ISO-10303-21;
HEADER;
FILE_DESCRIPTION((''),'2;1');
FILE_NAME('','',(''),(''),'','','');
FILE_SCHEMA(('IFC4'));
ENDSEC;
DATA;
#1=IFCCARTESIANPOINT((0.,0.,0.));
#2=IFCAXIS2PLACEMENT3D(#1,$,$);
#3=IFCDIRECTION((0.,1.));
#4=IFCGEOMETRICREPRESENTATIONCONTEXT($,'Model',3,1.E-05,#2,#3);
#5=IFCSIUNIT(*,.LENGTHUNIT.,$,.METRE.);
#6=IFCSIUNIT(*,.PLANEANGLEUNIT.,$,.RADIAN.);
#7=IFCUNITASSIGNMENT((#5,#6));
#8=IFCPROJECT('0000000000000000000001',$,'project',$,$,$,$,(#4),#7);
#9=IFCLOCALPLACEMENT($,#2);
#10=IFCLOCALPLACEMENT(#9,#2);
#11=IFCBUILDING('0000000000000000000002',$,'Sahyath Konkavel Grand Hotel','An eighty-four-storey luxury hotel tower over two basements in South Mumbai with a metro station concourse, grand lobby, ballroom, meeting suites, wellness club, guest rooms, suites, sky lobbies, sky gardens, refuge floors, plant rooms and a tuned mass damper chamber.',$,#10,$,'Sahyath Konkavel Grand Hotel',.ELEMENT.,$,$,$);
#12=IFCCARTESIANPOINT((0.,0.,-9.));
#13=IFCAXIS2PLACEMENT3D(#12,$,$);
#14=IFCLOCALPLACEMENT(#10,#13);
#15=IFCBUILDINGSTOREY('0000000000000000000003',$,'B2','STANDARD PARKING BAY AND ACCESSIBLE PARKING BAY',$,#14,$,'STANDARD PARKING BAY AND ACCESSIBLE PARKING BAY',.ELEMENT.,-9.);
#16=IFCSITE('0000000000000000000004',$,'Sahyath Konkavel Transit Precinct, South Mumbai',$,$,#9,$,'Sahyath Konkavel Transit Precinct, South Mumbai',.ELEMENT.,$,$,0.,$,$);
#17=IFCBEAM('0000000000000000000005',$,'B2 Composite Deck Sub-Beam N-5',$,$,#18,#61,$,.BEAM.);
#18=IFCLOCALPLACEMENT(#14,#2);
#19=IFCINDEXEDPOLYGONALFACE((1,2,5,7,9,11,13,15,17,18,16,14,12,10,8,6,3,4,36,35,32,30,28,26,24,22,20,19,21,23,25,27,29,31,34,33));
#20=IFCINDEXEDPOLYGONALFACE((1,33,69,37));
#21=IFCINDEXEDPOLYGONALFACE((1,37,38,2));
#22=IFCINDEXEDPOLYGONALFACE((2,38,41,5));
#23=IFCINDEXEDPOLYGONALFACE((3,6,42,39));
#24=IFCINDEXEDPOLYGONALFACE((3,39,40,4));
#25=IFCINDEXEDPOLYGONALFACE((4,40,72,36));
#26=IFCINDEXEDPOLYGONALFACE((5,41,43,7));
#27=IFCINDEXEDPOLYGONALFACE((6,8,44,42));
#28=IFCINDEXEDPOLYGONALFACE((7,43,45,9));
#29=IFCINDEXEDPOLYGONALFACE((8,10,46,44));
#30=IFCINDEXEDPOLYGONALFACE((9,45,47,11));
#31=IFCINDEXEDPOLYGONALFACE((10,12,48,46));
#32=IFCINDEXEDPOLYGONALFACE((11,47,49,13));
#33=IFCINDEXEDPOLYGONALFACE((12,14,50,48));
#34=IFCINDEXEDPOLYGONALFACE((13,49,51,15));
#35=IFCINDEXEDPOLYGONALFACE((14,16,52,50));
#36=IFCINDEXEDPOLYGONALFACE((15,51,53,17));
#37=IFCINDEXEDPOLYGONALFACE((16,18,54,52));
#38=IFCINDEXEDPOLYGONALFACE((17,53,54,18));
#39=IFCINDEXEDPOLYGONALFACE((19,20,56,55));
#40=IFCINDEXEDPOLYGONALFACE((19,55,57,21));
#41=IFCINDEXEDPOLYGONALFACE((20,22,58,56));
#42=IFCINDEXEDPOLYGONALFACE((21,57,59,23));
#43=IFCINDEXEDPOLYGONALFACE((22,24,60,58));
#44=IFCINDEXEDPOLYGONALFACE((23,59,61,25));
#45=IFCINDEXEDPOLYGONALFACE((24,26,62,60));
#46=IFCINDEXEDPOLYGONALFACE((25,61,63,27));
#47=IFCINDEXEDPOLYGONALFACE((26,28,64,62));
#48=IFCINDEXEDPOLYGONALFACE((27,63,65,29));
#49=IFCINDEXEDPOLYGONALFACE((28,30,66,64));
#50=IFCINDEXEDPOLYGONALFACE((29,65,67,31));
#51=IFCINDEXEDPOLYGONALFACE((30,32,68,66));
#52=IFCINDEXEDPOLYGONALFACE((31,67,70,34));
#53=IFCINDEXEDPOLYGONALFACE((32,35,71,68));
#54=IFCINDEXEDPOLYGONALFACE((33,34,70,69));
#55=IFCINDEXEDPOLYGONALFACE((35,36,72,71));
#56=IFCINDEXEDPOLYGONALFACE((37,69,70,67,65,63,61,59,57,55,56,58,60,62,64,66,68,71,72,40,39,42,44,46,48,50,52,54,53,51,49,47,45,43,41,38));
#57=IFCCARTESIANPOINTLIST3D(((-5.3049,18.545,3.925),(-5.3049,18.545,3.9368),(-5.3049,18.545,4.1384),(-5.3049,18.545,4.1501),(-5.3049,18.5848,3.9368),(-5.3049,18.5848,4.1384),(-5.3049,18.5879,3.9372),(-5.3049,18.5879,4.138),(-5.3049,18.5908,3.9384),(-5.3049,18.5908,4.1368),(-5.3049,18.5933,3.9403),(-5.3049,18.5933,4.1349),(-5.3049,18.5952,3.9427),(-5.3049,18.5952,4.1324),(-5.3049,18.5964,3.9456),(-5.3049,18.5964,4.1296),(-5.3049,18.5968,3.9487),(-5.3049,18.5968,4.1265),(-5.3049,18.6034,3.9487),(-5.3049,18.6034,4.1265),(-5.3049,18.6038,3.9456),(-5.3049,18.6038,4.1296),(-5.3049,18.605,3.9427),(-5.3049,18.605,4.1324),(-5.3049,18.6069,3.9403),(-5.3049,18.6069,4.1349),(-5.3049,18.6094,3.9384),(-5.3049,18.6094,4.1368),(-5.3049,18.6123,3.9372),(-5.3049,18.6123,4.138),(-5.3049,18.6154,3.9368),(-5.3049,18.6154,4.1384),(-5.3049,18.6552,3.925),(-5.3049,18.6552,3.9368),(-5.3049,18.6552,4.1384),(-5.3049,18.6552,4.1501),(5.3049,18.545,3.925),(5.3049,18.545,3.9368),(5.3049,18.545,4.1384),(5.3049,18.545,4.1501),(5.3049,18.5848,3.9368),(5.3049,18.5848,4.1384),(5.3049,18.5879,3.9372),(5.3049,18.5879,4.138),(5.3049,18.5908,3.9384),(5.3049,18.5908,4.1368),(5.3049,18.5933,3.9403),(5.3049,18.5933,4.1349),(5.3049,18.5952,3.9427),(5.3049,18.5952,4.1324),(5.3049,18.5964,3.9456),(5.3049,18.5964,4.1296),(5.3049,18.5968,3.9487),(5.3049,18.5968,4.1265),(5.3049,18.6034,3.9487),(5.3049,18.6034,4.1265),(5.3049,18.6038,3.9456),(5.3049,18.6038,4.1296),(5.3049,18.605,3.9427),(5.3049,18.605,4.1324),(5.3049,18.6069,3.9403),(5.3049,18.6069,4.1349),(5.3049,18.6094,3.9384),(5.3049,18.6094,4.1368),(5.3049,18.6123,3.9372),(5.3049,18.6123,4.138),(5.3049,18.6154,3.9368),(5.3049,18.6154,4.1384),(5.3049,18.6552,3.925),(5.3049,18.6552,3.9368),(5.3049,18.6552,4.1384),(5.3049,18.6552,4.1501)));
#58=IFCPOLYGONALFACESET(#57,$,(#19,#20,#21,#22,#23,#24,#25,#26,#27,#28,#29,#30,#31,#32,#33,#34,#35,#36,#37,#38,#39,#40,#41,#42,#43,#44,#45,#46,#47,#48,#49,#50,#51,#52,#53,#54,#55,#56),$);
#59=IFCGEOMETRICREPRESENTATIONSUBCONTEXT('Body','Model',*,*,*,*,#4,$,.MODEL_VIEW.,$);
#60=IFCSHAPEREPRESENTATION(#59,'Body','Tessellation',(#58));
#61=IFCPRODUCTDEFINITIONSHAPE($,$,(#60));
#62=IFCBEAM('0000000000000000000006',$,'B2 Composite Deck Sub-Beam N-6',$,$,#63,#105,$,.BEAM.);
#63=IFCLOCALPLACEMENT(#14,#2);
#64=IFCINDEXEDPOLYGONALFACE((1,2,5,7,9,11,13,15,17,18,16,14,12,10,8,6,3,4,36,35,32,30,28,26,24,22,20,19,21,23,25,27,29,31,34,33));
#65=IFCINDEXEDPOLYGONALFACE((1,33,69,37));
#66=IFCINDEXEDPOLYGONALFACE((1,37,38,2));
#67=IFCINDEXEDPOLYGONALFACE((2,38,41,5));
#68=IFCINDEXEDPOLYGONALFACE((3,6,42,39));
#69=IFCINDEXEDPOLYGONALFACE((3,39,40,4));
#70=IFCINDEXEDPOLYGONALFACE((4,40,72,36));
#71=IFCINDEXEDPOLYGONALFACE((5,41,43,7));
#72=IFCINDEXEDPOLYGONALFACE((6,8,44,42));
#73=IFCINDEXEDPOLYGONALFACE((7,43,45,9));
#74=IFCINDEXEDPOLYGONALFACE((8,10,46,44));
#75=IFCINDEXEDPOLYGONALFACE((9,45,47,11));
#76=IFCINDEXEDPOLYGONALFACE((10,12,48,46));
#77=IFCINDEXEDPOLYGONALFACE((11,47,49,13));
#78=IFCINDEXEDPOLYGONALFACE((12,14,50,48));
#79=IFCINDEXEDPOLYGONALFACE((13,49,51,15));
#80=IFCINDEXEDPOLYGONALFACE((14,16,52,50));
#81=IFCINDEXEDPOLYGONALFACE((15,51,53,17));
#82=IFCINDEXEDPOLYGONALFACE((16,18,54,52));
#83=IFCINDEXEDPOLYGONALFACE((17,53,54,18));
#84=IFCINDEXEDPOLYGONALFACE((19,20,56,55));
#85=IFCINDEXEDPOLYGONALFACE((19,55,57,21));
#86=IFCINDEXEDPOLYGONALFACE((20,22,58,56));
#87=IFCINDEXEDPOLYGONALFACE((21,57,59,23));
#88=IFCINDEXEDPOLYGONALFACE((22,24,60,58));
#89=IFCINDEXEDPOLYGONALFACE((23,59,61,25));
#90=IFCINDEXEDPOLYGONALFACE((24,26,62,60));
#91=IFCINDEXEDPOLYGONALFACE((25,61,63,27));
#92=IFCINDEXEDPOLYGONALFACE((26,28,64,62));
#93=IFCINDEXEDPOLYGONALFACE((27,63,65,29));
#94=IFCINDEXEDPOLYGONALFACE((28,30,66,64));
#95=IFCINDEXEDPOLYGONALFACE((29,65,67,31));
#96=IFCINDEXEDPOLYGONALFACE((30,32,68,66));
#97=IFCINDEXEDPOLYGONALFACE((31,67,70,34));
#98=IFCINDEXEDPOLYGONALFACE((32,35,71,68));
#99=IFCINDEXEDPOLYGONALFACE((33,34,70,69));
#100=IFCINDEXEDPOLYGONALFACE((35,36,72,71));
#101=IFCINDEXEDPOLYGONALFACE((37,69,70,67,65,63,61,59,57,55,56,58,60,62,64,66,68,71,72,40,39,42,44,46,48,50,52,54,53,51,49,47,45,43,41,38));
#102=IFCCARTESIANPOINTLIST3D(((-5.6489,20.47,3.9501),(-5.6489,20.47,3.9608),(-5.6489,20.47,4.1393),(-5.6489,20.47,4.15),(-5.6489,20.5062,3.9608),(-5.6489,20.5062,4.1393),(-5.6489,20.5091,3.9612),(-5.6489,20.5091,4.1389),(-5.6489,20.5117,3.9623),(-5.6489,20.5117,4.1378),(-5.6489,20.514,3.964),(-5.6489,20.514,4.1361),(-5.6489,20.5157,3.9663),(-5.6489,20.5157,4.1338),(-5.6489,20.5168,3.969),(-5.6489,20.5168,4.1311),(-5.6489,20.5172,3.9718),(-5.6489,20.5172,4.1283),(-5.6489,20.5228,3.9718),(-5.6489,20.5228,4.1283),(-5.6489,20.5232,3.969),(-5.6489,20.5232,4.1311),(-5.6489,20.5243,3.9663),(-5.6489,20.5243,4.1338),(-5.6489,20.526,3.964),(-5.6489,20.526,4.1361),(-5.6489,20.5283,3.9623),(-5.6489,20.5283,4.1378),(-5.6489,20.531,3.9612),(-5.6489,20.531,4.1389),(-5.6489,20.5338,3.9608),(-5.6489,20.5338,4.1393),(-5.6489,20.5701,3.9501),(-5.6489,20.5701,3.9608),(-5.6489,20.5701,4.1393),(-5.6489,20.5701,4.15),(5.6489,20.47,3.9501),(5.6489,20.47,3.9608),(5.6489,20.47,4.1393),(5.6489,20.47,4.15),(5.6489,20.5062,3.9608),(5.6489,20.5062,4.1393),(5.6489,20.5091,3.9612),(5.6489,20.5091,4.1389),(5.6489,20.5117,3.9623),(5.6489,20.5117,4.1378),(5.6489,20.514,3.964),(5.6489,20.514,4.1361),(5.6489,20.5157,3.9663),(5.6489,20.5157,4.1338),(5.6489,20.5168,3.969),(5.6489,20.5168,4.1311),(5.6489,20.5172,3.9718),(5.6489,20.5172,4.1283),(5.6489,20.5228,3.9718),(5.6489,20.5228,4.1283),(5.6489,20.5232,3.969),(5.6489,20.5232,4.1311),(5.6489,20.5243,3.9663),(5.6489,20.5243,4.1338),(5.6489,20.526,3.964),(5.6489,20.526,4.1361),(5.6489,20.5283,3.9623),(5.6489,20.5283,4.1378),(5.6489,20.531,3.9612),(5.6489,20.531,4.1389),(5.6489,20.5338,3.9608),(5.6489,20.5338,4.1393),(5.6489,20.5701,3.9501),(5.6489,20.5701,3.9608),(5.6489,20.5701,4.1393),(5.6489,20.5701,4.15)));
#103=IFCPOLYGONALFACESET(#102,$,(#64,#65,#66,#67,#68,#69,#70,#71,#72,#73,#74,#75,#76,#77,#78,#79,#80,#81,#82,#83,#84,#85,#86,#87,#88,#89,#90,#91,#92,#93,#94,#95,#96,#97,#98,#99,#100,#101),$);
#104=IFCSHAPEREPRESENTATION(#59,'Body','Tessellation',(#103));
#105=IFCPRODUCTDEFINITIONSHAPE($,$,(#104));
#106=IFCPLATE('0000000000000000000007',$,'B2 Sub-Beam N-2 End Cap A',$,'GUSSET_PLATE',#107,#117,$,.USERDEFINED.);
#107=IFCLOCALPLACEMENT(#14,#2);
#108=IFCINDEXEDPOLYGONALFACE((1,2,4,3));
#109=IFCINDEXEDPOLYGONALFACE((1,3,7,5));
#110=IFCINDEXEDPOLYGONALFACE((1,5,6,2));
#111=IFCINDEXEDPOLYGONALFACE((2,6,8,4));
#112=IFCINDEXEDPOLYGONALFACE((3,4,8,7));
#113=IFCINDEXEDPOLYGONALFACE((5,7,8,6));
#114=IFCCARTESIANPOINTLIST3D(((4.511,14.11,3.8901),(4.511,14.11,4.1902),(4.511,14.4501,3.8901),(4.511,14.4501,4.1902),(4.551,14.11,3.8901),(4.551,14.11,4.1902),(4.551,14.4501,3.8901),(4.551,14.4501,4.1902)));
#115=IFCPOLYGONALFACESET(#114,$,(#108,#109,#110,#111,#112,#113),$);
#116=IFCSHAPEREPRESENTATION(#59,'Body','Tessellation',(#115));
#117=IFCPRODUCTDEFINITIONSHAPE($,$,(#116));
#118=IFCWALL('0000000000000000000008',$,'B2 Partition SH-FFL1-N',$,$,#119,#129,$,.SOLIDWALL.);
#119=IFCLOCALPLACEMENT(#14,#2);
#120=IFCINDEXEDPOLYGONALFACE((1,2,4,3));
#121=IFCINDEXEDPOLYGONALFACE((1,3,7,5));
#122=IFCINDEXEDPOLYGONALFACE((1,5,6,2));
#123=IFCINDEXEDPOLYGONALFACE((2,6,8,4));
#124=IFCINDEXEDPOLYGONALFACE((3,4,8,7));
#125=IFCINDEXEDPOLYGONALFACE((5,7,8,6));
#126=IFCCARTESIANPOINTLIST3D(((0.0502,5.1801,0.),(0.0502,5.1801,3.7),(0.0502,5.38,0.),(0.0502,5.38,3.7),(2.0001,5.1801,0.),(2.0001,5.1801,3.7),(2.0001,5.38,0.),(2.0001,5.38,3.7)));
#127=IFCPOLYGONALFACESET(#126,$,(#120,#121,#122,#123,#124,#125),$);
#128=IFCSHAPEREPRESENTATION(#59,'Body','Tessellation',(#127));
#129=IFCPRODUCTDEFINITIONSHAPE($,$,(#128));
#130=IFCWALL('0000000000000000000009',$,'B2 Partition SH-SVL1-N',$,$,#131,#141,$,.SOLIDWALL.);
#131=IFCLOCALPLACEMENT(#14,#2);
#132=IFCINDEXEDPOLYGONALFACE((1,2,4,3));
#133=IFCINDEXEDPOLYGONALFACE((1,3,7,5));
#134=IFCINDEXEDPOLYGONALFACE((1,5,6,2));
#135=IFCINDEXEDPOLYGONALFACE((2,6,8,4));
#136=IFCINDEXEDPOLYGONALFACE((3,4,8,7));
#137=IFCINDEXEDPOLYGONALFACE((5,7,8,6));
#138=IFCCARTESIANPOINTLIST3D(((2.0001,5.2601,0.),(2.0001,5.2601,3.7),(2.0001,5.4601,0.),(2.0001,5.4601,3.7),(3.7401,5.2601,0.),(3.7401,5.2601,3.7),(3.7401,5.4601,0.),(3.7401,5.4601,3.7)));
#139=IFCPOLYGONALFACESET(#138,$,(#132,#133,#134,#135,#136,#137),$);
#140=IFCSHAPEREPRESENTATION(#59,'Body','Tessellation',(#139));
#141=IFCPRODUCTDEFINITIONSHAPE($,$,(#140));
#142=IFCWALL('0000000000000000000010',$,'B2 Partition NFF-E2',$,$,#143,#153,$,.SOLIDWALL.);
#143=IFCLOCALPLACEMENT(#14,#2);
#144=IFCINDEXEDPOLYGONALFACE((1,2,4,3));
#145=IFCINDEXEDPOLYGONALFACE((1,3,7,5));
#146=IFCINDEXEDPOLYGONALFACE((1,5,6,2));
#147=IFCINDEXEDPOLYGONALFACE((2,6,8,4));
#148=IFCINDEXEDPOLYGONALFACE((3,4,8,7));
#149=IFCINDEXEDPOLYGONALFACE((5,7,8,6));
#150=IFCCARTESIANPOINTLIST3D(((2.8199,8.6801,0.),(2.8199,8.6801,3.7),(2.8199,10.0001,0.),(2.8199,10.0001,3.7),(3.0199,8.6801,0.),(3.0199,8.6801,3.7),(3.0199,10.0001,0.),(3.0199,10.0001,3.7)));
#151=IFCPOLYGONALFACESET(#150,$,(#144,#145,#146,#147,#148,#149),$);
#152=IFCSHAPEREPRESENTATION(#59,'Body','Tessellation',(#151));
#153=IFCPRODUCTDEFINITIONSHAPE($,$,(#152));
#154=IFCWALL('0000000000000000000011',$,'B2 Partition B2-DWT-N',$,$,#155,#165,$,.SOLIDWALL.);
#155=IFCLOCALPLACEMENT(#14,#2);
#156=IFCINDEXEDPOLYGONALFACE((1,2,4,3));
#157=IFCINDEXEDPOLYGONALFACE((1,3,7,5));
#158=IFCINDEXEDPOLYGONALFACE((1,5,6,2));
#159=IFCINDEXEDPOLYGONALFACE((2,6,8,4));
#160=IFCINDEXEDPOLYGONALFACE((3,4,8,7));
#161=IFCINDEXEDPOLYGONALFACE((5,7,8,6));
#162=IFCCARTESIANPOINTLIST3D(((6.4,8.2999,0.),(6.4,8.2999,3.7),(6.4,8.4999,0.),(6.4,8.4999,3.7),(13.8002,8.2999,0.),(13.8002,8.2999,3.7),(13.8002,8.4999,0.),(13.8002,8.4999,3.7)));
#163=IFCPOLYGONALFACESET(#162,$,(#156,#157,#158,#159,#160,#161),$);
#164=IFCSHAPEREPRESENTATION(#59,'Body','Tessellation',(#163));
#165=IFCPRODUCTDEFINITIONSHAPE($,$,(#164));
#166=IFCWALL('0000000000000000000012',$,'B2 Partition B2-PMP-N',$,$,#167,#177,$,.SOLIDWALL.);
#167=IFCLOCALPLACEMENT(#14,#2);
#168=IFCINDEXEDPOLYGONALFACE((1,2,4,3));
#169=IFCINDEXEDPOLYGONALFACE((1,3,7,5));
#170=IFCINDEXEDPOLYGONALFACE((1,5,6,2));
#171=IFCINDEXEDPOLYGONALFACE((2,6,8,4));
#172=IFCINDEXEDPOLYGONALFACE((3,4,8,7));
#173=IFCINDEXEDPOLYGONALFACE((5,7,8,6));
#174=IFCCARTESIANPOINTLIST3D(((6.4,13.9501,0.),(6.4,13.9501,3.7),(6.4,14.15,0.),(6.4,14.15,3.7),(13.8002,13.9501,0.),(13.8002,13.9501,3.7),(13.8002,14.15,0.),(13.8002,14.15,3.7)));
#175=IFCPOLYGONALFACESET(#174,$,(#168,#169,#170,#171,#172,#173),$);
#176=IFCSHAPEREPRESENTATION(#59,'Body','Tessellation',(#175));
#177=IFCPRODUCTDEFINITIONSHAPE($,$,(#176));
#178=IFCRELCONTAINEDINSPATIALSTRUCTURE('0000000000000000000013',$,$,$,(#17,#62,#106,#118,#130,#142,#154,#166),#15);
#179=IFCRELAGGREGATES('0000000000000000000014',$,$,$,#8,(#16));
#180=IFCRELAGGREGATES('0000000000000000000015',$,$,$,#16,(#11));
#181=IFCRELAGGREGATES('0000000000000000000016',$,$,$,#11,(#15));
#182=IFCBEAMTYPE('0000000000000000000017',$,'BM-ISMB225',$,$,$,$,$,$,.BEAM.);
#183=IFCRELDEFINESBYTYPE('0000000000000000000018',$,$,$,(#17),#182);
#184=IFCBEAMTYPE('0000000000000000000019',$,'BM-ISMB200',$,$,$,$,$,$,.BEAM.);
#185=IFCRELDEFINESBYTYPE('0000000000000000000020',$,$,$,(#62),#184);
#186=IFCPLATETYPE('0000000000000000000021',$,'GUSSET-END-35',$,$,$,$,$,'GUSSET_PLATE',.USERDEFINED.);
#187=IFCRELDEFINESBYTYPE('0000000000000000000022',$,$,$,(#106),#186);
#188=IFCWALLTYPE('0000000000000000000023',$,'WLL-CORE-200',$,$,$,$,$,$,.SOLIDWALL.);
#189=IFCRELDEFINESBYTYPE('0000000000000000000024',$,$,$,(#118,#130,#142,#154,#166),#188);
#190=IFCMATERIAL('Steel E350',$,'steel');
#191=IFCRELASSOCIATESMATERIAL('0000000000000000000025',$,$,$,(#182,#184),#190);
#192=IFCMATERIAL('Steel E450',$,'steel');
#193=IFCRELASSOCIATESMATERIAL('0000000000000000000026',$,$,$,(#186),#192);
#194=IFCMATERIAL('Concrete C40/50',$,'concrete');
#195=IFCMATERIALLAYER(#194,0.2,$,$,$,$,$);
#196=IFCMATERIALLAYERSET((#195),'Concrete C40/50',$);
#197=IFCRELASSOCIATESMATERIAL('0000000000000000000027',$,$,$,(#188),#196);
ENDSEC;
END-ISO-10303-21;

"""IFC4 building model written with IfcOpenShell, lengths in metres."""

from ifc_helpers import new_model, si_unit, direction, frame, frame_2d, origin, origin_2d, place, context, subcontext, project, spatial, rectangle, i_section, extrude, source, transform, mapped, material, layer, layer_set, material_profile, profile_set, type_object, element, save


model = new_model("IFC4")

# Units and contexts
model_context = context("Model", 3, precision=1e-05, world=origin(), true_north=direction((0.0, 1.0)))
body_context = subcontext(model_context, "Body", "Model", "MODEL_VIEW")
ifc_project = project(units=[si_unit("LENGTHUNIT", "METRE"), si_unit("PLANEANGLEUNIT", "RADIAN")], contexts=[model_context])

# Site, building, storey
site_placement = place(None, origin())
site = spatial("IfcSite", under=ifc_project, at=site_placement, Name="Sahyath Konkavel Transit Precinct, South Mumbai", LongName="Sahyath Konkavel Transit Precinct, South Mumbai", CompositionType="ELEMENT", RefElevation=0.0)
building_placement = place(site_placement, origin())
building = spatial("IfcBuilding", under=site, at=building_placement, Name="Sahyath Konkavel Grand Hotel", Description="An eighty-four-storey luxury hotel tower over two basements in South Mumbai with a metro station concourse, grand lobby, ballroom, meeting suites, wellness club, guest rooms, suites, sky lobbies, sky gardens, refuge floors, plant rooms and a tuned mass damper chamber.", LongName="Sahyath Konkavel Grand Hotel", CompositionType="ELEMENT")
storey_placement = place(building_placement, frame((0.0, 0.0, -9.0)))
storey = spatial("IfcBuildingStorey", under=building, at=storey_placement, Name="B2", Description="STANDARD PARKING BAY AND ACCESSIBLE PARKING BAY", LongName="STANDARD PARKING BAY AND ACCESSIBLE PARKING BAY", CompositionType="ELEMENT", Elevation=-9.0)

# Beams
ifc_material_1 = material(Name="Steel E350", Category="steel")
ifc_material_profile_1 = material_profile(ifc_material_1, i_section(OverallWidth=0.1101, OverallDepth=0.2251, WebThickness=0.0066, FlangeThickness=0.0117, FilletRadius=0.012, at=origin_2d()), Name="ISMB 225")
ifc_profile_set_1 = profile_set([ifc_material_profile_1], Name="Steel E350")
beam_type_1 = type_object("IfcBeamType", Name="BM-ISMB225", PredefinedType="BEAM", material=ifc_profile_set_1)
shared_shape_1 = source(origin(), body_context, "Body", "SweptSolid", [
    extrude(i_section(OverallWidth=0.1101, OverallDepth=0.2251, WebThickness=0.0066, FlangeThickness=0.0117, FilletRadius=0.012, at=origin_2d()), origin(), (0.0, 0.0, 1.0), 10.6099),
])
beam_1_placement = place(storey_placement, frame((5.3049, 18.6001, 4.0376), z_axis=(-1.0, 0.0, 0.0), x_axis=(0.0, -1.0, 0.0)))
element("IfcBeam", 1, at=beam_1_placement, inside=storey, type_object=beam_type_1, Name="B2 Composite Deck Sub-Beam N-5", PredefinedType="BEAM", context=body_context, shape_type="MappedRepresentation", body=[
    mapped(shared_shape_1, transform((0.0, 0.0, 0.0), scale=1.0)),
])
ifc_material_profile_2 = material_profile(ifc_material_1, i_section(OverallWidth=0.1001, OverallDepth=0.2, WebThickness=0.0056, FlangeThickness=0.0107, FilletRadius=0.011, at=origin_2d()), Name="ISMB 200")
ifc_profile_set_2 = profile_set([ifc_material_profile_2], Name="Steel E350")
beam_type_2 = type_object("IfcBeamType", Name="BM-ISMB200", PredefinedType="BEAM", material=ifc_profile_set_2)
shared_shape_2 = source(origin(), body_context, "Body", "SweptSolid", [
    extrude(i_section(OverallWidth=0.1001, OverallDepth=0.2, WebThickness=0.0056, FlangeThickness=0.0107, FilletRadius=0.011, at=origin_2d()), origin(), (0.0, 0.0, 1.0), 11.2979),
])
beam_2_placement = place(storey_placement, frame((5.6489, 20.52, 4.05), z_axis=(-1.0, 0.0, 0.0), x_axis=(0.0, -1.0, 0.0)))
element("IfcBeam", 2, at=beam_2_placement, inside=storey, type_object=beam_type_2, Name="B2 Composite Deck Sub-Beam N-6", PredefinedType="BEAM", context=body_context, shape_type="MappedRepresentation", body=[
    mapped(shared_shape_2, transform((0.0, 0.0, 0.0), scale=1.0)),
])

# Plate
ifc_material_2 = material(Name="Steel E450", Category="steel")
plate_type = type_object("IfcPlateType", Name="GUSSET-END-35", ElementType="GUSSET_PLATE", PredefinedType="USERDEFINED", material=ifc_material_2)
shared_shape_3 = source(origin(), body_context, "Body", "SweptSolid", [
    extrude(rectangle(XDim=0.04, YDim=0.3401, at=origin_2d()), origin(), (0.0, 0.0, 1.0), 0.3),
])
plate_placement = place(storey_placement, frame((4.531, 14.28, 3.8901), z_axis=(0.0, 0.0, 1.0), x_axis=(-1.0, 0.0, 0.0)))
element("IfcPlate", 3, at=plate_placement, inside=storey, type_object=plate_type, Name="B2 Sub-Beam N-2 End Cap A", ObjectType="GUSSET_PLATE", PredefinedType="USERDEFINED", context=body_context, shape_type="MappedRepresentation", body=[
    mapped(shared_shape_3, transform((0.0, 0.0, 0.0), scale=1.0)),
])

# Walls
ifc_material_3 = material(Name="Concrete C40/50", Category="concrete")
ifc_layer = layer(ifc_material_3, 0.2)
ifc_layer_set = layer_set([ifc_layer], Name="Concrete C40/50")
wall_type = type_object("IfcWallType", Name="WLL-CORE-200", PredefinedType="SOLIDWALL", material=ifc_layer_set)
wall_1_placement = place(storey_placement, frame((0.05, 5.28, 0.0), z_axis=(0.0, 0.0, 1.0), x_axis=(1.0, 0.0, 0.0)))
element("IfcWall", 4, at=wall_1_placement, inside=storey, type_object=wall_type, Name="B2 Partition SH-FFL1-N", PredefinedType="SOLIDWALL", context=body_context, shape_type="SweptSolid", body=[
    extrude(rectangle(XDim=1.95, YDim=0.2, at=frame_2d((0.9751, 0.0))), origin(), (0.0, 0.0, 1.0), 3.7),
])
wall_2_placement = place(storey_placement, frame((2.0, 5.3601, 0.0), z_axis=(0.0, 0.0, 1.0), x_axis=(1.0, 0.0, 0.0)))
element("IfcWall", 5, at=wall_2_placement, inside=storey, type_object=wall_type, Name="B2 Partition SH-SVL1-N", PredefinedType="SOLIDWALL", context=body_context, shape_type="SweptSolid", body=[
    extrude(rectangle(XDim=1.74, YDim=0.2, at=frame_2d((0.8701, 0.0))), origin(), (0.0, 0.0, 1.0), 3.7),
])

# Walls
wall_3_placement = place(storey_placement, frame((2.9199, 8.6799, 0.0), z_axis=(0.0, 0.0, 1.0), x_axis=(0.0, 1.0, 0.0)))
element("IfcWall", 6, at=wall_3_placement, inside=storey, type_object=wall_type, Name="B2 Partition NFF-E2", PredefinedType="SOLIDWALL", context=body_context, shape_type="SweptSolid", body=[
    extrude(rectangle(XDim=1.3201, YDim=0.2, at=frame_2d((0.6602, 0.0))), origin(), (0.0, 0.0, 1.0), 3.7),
])
for number, where, z_axis, x_axis, name in (
    (7, (6.3999, 8.3999, 0.0), (0.0, 0.0, 1.0), (1.0, 0.0, 0.0), "B2 Partition B2-DWT-N"),
    (8, (6.3999, 14.05, 0.0), (0.0, 0.0, 1.0), (1.0, 0.0, 0.0), "B2 Partition B2-PMP-N"),
):
    element("IfcWall", number, at=place(storey_placement, frame(where, z_axis=z_axis, x_axis=x_axis)), inside=storey, type_object=wall_type, Name=name, PredefinedType="SOLIDWALL", context=body_context, shape_type="SweptSolid", body=[
        extrude(rectangle(XDim=7.4001, YDim=0.2, at=frame_2d((3.7002, 0.0))), origin(), (0.0, 0.0, 1.0), 3.7),
    ])

save(model, "model.ifc")
